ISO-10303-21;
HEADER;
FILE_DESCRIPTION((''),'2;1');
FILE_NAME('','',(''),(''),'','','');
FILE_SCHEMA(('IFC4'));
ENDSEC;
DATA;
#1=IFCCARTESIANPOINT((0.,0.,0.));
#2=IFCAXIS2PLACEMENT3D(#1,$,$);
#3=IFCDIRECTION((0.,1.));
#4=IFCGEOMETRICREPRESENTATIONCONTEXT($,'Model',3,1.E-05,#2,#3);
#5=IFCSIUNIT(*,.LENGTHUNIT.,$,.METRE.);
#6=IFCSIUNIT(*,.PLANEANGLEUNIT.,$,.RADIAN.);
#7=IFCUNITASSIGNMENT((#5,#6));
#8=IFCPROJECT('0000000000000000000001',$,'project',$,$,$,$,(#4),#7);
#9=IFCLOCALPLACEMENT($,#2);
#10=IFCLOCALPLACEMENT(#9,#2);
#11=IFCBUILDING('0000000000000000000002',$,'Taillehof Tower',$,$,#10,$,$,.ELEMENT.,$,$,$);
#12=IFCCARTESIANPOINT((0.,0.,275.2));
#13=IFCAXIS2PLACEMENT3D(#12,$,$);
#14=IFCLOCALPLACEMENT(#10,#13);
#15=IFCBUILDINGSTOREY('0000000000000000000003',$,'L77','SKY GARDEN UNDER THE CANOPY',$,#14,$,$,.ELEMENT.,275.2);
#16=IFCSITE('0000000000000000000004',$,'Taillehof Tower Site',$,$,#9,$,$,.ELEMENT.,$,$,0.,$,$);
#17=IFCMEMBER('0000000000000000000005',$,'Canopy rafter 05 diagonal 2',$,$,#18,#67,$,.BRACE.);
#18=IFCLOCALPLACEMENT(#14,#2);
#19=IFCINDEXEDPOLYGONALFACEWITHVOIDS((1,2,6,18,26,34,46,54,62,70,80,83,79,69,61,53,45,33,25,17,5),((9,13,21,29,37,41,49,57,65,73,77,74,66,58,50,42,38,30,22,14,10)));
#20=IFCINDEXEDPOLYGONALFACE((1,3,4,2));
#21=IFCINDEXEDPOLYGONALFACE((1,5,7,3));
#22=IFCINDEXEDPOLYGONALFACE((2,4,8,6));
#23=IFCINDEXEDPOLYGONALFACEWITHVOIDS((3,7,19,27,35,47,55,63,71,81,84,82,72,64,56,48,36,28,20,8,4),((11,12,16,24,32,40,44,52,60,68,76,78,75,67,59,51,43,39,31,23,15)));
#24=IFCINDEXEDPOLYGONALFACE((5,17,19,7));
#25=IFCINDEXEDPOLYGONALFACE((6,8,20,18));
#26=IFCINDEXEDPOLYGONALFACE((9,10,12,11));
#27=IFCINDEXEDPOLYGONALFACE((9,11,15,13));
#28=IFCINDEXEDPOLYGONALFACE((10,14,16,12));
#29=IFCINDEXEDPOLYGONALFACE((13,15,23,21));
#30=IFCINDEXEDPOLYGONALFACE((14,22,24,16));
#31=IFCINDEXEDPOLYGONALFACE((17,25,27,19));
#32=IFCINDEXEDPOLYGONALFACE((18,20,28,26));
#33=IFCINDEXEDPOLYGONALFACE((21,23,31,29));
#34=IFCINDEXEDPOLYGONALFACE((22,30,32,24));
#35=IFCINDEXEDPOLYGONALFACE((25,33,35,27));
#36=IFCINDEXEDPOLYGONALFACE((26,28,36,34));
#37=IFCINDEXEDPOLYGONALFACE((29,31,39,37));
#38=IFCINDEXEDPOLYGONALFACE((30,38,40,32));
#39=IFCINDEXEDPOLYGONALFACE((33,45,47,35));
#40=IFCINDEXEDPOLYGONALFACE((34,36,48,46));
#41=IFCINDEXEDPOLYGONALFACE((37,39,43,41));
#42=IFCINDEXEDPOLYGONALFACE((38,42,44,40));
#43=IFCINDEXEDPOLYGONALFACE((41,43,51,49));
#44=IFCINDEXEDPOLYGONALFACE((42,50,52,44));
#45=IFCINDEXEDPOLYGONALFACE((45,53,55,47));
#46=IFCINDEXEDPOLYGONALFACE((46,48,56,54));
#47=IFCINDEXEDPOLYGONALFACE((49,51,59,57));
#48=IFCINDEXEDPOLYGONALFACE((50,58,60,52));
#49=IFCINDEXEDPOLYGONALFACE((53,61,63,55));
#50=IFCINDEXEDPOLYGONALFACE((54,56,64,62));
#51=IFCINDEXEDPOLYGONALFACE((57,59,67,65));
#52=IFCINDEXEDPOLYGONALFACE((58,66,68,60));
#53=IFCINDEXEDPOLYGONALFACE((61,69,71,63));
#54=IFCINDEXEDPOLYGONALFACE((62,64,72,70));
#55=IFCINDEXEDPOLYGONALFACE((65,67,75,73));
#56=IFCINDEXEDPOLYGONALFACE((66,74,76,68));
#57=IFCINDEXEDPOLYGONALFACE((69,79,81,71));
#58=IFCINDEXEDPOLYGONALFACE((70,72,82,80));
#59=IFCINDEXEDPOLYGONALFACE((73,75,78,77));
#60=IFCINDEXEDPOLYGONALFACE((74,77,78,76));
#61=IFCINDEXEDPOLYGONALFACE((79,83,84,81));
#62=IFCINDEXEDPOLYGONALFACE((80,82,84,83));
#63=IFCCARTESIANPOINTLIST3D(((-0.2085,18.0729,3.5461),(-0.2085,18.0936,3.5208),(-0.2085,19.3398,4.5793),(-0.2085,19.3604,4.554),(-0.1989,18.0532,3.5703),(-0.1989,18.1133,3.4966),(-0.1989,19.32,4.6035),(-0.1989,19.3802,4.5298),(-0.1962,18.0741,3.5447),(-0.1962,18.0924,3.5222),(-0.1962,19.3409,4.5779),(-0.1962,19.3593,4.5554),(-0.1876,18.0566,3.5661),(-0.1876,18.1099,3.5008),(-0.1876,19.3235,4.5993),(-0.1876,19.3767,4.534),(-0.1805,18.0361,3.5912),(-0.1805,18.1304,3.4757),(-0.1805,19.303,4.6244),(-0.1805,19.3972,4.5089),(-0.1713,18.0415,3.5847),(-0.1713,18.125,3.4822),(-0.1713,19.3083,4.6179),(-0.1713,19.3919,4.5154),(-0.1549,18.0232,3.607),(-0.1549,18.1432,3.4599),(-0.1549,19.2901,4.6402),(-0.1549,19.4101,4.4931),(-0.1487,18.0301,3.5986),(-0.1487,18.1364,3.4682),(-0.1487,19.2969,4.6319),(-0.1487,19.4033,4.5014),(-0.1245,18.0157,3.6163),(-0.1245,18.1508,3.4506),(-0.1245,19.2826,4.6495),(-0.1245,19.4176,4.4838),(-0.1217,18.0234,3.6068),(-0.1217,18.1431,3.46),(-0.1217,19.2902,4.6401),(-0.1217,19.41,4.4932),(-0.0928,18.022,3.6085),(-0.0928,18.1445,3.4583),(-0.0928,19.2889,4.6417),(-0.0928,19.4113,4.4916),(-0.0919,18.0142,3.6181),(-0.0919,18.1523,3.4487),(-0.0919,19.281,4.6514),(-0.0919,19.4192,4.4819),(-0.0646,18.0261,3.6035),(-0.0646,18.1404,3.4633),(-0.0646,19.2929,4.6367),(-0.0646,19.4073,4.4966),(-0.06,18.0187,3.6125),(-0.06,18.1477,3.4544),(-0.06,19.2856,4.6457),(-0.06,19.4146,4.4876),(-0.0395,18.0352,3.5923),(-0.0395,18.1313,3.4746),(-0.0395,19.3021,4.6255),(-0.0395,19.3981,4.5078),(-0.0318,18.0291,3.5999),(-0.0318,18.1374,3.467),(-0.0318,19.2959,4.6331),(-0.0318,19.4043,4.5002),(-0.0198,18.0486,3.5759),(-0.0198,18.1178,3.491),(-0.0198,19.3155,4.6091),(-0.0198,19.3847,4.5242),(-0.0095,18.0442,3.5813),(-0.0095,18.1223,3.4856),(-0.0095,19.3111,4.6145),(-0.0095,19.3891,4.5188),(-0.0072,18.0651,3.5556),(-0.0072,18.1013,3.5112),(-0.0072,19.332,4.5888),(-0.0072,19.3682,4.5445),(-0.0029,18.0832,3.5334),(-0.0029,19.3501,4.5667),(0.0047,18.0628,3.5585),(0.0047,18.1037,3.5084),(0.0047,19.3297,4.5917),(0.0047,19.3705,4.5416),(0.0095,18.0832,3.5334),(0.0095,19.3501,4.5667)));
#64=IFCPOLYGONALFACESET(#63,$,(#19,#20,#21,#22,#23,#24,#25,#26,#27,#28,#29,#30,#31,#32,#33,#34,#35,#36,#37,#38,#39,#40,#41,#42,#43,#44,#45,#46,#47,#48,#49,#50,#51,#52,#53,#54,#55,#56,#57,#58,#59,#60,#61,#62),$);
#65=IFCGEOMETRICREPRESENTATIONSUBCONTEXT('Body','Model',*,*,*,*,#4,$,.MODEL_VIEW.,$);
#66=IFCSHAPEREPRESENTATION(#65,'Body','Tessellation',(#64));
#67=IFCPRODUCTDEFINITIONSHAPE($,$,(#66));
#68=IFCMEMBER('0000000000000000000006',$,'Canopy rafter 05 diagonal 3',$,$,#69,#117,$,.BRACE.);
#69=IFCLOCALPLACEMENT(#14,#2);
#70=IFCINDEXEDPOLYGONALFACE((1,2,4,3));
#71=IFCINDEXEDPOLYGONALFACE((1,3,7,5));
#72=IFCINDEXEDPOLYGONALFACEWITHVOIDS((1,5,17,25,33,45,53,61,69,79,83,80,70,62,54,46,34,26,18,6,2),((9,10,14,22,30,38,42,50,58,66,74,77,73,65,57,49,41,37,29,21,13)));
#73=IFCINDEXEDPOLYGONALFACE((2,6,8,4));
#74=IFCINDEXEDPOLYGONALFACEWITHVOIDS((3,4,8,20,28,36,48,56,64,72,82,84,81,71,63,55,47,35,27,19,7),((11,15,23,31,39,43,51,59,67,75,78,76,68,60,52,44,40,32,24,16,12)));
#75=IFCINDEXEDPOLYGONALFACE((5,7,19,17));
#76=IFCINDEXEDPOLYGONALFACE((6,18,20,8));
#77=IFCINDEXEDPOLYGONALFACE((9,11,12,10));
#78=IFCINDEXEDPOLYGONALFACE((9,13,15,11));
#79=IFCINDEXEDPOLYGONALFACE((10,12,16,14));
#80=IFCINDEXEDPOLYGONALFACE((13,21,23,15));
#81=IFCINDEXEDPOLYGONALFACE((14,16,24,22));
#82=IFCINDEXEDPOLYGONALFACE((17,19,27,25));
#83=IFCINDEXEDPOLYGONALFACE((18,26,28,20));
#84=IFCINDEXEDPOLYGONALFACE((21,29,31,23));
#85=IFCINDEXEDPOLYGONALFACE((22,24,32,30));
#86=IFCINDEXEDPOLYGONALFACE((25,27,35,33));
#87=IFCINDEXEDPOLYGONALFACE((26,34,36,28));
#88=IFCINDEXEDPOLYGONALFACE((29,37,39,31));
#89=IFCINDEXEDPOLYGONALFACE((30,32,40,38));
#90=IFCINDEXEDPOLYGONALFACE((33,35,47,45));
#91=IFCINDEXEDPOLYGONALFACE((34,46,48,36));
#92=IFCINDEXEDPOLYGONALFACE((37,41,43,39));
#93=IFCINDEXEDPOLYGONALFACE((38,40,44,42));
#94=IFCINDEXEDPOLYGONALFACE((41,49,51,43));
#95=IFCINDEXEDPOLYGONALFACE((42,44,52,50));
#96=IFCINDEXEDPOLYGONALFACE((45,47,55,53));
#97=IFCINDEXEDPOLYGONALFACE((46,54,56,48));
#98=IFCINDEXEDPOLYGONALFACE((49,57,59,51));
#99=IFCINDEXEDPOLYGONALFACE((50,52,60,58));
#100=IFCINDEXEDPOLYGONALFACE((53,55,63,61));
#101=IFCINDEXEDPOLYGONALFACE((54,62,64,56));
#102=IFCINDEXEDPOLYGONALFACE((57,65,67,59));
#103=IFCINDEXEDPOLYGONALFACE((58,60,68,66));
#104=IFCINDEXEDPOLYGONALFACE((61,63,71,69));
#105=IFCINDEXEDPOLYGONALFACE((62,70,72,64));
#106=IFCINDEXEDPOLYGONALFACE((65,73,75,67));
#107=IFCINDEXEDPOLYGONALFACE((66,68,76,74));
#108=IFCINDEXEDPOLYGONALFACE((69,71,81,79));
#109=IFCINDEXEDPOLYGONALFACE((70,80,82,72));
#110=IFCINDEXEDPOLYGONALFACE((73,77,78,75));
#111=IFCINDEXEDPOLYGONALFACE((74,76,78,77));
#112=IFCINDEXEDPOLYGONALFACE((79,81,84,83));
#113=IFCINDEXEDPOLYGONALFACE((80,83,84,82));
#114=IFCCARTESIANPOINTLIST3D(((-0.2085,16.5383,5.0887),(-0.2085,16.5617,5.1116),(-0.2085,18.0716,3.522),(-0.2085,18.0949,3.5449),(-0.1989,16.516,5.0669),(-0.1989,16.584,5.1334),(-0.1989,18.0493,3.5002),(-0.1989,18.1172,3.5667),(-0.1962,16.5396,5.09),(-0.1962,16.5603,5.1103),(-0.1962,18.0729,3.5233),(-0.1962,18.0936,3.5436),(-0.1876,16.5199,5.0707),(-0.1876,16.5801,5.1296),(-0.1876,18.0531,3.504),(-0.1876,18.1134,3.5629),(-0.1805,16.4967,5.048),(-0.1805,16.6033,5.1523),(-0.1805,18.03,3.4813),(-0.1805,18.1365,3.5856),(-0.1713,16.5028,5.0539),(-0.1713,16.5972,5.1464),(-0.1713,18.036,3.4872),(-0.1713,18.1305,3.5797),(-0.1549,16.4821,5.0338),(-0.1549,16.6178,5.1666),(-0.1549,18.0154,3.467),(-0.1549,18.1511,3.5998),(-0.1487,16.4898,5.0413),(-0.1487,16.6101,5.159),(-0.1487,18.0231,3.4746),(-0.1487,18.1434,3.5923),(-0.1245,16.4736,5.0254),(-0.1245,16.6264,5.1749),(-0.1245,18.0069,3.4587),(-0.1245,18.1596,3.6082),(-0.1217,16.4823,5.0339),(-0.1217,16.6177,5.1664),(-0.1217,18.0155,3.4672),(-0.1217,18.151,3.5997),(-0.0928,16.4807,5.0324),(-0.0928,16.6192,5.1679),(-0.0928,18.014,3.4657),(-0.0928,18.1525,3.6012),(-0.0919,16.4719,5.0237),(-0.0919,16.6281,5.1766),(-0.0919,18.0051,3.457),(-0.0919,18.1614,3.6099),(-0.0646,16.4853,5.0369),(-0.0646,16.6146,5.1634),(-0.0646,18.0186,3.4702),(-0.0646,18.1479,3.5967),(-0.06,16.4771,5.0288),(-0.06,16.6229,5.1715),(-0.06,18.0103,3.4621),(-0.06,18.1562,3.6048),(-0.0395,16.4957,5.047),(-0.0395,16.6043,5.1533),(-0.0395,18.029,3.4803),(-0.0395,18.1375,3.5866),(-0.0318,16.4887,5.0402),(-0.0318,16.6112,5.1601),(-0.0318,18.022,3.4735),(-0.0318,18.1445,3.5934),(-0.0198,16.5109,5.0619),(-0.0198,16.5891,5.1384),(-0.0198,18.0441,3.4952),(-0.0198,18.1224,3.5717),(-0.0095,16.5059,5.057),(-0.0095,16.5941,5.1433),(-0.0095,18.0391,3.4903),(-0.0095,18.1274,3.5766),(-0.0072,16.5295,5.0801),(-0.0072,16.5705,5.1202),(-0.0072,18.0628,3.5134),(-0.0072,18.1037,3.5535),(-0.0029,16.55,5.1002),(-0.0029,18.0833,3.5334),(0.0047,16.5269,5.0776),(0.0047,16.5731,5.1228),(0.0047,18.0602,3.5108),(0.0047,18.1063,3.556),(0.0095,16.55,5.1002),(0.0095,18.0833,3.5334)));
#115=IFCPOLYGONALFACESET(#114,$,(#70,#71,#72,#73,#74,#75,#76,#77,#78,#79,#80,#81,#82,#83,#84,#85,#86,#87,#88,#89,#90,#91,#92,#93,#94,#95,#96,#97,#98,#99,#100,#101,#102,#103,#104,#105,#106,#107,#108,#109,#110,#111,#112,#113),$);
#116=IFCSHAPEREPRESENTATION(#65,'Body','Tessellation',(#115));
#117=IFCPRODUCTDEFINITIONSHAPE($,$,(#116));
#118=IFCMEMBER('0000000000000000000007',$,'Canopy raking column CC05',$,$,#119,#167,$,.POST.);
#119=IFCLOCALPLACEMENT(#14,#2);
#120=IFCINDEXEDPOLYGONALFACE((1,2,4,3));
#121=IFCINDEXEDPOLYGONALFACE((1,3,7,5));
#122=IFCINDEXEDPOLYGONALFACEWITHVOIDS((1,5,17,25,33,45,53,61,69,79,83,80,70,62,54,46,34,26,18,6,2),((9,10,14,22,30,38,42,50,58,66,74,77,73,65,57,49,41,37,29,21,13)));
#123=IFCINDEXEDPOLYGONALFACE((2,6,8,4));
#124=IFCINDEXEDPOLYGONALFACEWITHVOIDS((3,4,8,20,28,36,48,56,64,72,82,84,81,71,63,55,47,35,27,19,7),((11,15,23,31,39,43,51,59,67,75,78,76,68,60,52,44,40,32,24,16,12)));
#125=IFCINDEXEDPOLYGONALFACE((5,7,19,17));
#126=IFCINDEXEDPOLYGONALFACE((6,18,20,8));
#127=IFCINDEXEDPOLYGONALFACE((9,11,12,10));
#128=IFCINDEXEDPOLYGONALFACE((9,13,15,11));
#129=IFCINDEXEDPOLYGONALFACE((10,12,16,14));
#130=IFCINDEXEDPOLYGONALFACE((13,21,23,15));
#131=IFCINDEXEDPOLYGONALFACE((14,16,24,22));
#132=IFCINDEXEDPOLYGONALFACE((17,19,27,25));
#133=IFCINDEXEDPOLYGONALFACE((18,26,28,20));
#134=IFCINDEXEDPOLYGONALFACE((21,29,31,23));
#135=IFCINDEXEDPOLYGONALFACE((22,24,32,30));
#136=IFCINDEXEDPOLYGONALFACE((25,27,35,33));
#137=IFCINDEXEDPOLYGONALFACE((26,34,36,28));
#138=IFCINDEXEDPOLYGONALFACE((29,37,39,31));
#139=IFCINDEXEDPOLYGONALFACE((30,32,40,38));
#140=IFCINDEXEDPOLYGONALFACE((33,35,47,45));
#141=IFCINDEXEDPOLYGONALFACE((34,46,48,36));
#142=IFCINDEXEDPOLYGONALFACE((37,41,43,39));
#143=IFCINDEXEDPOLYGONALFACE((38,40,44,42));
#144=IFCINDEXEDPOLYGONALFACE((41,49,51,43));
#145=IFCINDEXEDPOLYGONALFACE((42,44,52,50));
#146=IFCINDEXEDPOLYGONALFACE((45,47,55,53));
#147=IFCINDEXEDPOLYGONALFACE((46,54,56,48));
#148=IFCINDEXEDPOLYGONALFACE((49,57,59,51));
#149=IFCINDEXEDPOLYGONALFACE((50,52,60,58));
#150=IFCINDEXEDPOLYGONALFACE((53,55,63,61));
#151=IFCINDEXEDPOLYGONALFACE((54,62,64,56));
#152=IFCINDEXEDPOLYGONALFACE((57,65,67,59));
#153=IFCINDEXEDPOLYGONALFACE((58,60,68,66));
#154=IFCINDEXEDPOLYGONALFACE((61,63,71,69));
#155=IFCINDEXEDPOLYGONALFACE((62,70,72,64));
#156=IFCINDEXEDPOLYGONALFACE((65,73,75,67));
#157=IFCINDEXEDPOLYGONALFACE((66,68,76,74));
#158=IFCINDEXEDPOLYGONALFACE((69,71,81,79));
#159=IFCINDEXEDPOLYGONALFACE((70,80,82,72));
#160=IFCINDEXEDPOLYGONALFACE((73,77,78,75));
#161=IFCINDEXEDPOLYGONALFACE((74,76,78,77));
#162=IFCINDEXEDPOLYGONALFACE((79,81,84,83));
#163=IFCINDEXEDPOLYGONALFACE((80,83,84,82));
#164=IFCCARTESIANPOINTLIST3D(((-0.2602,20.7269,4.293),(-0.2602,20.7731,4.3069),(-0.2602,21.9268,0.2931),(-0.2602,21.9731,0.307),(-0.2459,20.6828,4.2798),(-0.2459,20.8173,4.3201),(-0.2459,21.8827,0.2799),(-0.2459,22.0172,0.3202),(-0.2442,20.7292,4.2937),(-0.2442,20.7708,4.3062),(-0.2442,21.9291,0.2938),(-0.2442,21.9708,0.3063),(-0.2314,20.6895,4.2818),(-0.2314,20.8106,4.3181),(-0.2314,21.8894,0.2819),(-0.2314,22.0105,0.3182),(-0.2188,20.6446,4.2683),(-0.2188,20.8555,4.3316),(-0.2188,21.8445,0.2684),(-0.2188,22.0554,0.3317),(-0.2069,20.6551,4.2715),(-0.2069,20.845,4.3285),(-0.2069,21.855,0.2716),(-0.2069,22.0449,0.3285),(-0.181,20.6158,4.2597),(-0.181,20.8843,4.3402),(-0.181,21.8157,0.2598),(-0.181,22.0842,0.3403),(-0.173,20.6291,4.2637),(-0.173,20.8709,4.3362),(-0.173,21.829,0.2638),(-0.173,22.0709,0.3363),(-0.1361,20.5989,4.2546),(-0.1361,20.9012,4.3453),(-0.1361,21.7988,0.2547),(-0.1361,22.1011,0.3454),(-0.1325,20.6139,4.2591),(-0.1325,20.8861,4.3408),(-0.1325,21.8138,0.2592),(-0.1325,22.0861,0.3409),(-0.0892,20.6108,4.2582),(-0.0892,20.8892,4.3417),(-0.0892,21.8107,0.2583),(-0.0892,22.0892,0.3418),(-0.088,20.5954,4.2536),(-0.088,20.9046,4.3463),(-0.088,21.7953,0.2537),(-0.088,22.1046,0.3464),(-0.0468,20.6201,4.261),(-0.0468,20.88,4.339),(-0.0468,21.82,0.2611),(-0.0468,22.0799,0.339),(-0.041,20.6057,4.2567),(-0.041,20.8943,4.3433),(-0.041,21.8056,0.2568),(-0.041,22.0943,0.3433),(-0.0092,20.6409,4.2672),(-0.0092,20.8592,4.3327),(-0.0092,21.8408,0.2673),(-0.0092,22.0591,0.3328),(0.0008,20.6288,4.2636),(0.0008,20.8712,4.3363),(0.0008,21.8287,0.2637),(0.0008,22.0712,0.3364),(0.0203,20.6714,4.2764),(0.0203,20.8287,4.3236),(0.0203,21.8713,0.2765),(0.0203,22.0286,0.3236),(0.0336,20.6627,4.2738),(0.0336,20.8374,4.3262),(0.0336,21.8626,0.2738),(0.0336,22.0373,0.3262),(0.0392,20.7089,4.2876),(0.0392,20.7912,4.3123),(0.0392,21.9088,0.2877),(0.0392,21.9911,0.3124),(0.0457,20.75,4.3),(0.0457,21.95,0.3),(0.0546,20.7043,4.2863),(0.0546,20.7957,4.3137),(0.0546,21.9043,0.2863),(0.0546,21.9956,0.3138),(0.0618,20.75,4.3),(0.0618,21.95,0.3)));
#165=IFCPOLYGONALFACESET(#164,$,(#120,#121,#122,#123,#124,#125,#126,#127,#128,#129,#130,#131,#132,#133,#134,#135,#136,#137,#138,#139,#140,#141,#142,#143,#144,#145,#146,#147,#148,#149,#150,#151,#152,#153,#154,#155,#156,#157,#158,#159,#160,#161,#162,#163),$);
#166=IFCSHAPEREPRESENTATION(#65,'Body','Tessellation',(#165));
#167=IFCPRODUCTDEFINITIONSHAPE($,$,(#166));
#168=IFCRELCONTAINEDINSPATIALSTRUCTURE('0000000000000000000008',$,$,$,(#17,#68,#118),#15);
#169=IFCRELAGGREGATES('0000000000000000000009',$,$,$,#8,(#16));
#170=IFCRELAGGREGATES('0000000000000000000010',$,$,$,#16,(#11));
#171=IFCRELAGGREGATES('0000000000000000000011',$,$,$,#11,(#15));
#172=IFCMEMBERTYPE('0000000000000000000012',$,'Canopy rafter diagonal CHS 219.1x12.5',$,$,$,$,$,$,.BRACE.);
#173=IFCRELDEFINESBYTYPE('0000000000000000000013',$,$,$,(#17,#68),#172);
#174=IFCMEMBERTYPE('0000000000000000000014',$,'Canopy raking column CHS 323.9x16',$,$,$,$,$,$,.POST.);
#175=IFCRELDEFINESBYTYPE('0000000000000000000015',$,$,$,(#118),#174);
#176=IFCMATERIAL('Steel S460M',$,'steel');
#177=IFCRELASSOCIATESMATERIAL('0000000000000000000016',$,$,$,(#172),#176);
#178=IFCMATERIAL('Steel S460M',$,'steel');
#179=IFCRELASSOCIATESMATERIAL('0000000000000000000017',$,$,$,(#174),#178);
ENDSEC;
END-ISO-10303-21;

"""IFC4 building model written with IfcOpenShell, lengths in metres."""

from ifc_helpers import new_model, si_unit, direction, frame, origin, origin_2d, place, context, subcontext, project, spatial, hollow_circle, extrude, material, material_profile, profile_set, type_object, element, save


model = new_model("IFC4")

# Units and contexts
model_context = context("Model", 3, precision=1e-05, world=origin(), true_north=direction((0.0, 1.0)))
body_context = subcontext(model_context, "Body", "Model", "MODEL_VIEW")
ifc_project = project(units=[si_unit("LENGTHUNIT", "METRE"), si_unit("PLANEANGLEUNIT", "RADIAN")], contexts=[model_context])

# Site, building, storey
site_placement = place(None, origin())
site = spatial("IfcSite", under=ifc_project, at=site_placement, Name="Taillehof Tower Site", CompositionType="ELEMENT", RefElevation=0.0)
building_placement = place(site_placement, origin())
building = spatial("IfcBuilding", under=site, at=building_placement, Name="Taillehof Tower", CompositionType="ELEMENT")
storey_placement = place(building_placement, frame((0.0, 0.0, 275.2)))
storey = spatial("IfcBuildingStorey", under=building, at=storey_placement, Name="L77", Description="SKY GARDEN UNDER THE CANOPY", CompositionType="ELEMENT", Elevation=275.2)

# Members
ifc_material_1 = material(Name="Steel S460M", Category="steel")
ifc_material_profile_1 = material_profile(ifc_material_1, hollow_circle(Radius=0.1096, WallThickness=0.0125, at=origin_2d()), Name="CHS 219.1x12.5")
ifc_profile_set_1 = profile_set([ifc_material_profile_1], Name="Steel S460M")
member_type_1 = type_object("IfcMemberType", Name="Canopy rafter diagonal CHS 219.1x12.5", PredefinedType="BRACE", material=ifc_profile_set_1)
member_1_placement = place(storey_placement, frame((-0.1001, 19.3501, 4.5667), z_axis=(0.0, -0.774948, -0.632025), x_axis=(1.0, 0.0, 0.0)))
element("IfcMember", 1, at=member_1_placement, inside=storey, type_object=member_type_1, Name="Canopy rafter 05 diagonal 2", PredefinedType="BRACE", context=body_context, shape_type="SweptSolid", body=[
    extrude(hollow_circle(Radius=0.1096, WallThickness=0.0125, at=origin_2d()), origin(), (0.0, 0.0, 1.0), 1.6348),
])
member_2_placement = place(storey_placement, frame((-0.1001, 18.0833, 3.5334), z_axis=(0.0, -0.699436, 0.714695), x_axis=(1.0, 0.0, 0.0)))
element("IfcMember", 2, at=member_2_placement, inside=storey, type_object=member_type_1, Name="Canopy rafter 05 diagonal 3", PredefinedType="BRACE", context=body_context, shape_type="SweptSolid", body=[
    extrude(hollow_circle(Radius=0.1096, WallThickness=0.0125, at=origin_2d()), origin(), (0.0, 0.0, 1.0), 2.1921),
])
ifc_material_2 = material(Name="Steel S460M", Category="steel")
ifc_material_profile_2 = material_profile(ifc_material_2, hollow_circle(Radius=0.1619, WallThickness=0.0161, at=origin_2d()), Name="CHS 323.9x16")
ifc_profile_set_2 = profile_set([ifc_material_profile_2], Name="Steel S460M")
member_type_2 = type_object("IfcMemberType", Name="Canopy raking column CHS 323.9x16", PredefinedType="POST", material=ifc_profile_set_2)
member_3_placement = place(storey_placement, frame((-0.1001, 21.95, 0.3), z_axis=(0.0, -0.287337, 0.95783), x_axis=(1.0, 0.0, 0.0)))
element("IfcMember", 3, at=member_3_placement, inside=storey, type_object=member_type_2, Name="Canopy raking column CC05", PredefinedType="POST", context=body_context, shape_type="SweptSolid", body=[
    extrude(hollow_circle(Radius=0.1619, WallThickness=0.0161, at=origin_2d()), origin(), (0.0, 0.0, 1.0), 4.176),
])

save(model, "model.ifc")
